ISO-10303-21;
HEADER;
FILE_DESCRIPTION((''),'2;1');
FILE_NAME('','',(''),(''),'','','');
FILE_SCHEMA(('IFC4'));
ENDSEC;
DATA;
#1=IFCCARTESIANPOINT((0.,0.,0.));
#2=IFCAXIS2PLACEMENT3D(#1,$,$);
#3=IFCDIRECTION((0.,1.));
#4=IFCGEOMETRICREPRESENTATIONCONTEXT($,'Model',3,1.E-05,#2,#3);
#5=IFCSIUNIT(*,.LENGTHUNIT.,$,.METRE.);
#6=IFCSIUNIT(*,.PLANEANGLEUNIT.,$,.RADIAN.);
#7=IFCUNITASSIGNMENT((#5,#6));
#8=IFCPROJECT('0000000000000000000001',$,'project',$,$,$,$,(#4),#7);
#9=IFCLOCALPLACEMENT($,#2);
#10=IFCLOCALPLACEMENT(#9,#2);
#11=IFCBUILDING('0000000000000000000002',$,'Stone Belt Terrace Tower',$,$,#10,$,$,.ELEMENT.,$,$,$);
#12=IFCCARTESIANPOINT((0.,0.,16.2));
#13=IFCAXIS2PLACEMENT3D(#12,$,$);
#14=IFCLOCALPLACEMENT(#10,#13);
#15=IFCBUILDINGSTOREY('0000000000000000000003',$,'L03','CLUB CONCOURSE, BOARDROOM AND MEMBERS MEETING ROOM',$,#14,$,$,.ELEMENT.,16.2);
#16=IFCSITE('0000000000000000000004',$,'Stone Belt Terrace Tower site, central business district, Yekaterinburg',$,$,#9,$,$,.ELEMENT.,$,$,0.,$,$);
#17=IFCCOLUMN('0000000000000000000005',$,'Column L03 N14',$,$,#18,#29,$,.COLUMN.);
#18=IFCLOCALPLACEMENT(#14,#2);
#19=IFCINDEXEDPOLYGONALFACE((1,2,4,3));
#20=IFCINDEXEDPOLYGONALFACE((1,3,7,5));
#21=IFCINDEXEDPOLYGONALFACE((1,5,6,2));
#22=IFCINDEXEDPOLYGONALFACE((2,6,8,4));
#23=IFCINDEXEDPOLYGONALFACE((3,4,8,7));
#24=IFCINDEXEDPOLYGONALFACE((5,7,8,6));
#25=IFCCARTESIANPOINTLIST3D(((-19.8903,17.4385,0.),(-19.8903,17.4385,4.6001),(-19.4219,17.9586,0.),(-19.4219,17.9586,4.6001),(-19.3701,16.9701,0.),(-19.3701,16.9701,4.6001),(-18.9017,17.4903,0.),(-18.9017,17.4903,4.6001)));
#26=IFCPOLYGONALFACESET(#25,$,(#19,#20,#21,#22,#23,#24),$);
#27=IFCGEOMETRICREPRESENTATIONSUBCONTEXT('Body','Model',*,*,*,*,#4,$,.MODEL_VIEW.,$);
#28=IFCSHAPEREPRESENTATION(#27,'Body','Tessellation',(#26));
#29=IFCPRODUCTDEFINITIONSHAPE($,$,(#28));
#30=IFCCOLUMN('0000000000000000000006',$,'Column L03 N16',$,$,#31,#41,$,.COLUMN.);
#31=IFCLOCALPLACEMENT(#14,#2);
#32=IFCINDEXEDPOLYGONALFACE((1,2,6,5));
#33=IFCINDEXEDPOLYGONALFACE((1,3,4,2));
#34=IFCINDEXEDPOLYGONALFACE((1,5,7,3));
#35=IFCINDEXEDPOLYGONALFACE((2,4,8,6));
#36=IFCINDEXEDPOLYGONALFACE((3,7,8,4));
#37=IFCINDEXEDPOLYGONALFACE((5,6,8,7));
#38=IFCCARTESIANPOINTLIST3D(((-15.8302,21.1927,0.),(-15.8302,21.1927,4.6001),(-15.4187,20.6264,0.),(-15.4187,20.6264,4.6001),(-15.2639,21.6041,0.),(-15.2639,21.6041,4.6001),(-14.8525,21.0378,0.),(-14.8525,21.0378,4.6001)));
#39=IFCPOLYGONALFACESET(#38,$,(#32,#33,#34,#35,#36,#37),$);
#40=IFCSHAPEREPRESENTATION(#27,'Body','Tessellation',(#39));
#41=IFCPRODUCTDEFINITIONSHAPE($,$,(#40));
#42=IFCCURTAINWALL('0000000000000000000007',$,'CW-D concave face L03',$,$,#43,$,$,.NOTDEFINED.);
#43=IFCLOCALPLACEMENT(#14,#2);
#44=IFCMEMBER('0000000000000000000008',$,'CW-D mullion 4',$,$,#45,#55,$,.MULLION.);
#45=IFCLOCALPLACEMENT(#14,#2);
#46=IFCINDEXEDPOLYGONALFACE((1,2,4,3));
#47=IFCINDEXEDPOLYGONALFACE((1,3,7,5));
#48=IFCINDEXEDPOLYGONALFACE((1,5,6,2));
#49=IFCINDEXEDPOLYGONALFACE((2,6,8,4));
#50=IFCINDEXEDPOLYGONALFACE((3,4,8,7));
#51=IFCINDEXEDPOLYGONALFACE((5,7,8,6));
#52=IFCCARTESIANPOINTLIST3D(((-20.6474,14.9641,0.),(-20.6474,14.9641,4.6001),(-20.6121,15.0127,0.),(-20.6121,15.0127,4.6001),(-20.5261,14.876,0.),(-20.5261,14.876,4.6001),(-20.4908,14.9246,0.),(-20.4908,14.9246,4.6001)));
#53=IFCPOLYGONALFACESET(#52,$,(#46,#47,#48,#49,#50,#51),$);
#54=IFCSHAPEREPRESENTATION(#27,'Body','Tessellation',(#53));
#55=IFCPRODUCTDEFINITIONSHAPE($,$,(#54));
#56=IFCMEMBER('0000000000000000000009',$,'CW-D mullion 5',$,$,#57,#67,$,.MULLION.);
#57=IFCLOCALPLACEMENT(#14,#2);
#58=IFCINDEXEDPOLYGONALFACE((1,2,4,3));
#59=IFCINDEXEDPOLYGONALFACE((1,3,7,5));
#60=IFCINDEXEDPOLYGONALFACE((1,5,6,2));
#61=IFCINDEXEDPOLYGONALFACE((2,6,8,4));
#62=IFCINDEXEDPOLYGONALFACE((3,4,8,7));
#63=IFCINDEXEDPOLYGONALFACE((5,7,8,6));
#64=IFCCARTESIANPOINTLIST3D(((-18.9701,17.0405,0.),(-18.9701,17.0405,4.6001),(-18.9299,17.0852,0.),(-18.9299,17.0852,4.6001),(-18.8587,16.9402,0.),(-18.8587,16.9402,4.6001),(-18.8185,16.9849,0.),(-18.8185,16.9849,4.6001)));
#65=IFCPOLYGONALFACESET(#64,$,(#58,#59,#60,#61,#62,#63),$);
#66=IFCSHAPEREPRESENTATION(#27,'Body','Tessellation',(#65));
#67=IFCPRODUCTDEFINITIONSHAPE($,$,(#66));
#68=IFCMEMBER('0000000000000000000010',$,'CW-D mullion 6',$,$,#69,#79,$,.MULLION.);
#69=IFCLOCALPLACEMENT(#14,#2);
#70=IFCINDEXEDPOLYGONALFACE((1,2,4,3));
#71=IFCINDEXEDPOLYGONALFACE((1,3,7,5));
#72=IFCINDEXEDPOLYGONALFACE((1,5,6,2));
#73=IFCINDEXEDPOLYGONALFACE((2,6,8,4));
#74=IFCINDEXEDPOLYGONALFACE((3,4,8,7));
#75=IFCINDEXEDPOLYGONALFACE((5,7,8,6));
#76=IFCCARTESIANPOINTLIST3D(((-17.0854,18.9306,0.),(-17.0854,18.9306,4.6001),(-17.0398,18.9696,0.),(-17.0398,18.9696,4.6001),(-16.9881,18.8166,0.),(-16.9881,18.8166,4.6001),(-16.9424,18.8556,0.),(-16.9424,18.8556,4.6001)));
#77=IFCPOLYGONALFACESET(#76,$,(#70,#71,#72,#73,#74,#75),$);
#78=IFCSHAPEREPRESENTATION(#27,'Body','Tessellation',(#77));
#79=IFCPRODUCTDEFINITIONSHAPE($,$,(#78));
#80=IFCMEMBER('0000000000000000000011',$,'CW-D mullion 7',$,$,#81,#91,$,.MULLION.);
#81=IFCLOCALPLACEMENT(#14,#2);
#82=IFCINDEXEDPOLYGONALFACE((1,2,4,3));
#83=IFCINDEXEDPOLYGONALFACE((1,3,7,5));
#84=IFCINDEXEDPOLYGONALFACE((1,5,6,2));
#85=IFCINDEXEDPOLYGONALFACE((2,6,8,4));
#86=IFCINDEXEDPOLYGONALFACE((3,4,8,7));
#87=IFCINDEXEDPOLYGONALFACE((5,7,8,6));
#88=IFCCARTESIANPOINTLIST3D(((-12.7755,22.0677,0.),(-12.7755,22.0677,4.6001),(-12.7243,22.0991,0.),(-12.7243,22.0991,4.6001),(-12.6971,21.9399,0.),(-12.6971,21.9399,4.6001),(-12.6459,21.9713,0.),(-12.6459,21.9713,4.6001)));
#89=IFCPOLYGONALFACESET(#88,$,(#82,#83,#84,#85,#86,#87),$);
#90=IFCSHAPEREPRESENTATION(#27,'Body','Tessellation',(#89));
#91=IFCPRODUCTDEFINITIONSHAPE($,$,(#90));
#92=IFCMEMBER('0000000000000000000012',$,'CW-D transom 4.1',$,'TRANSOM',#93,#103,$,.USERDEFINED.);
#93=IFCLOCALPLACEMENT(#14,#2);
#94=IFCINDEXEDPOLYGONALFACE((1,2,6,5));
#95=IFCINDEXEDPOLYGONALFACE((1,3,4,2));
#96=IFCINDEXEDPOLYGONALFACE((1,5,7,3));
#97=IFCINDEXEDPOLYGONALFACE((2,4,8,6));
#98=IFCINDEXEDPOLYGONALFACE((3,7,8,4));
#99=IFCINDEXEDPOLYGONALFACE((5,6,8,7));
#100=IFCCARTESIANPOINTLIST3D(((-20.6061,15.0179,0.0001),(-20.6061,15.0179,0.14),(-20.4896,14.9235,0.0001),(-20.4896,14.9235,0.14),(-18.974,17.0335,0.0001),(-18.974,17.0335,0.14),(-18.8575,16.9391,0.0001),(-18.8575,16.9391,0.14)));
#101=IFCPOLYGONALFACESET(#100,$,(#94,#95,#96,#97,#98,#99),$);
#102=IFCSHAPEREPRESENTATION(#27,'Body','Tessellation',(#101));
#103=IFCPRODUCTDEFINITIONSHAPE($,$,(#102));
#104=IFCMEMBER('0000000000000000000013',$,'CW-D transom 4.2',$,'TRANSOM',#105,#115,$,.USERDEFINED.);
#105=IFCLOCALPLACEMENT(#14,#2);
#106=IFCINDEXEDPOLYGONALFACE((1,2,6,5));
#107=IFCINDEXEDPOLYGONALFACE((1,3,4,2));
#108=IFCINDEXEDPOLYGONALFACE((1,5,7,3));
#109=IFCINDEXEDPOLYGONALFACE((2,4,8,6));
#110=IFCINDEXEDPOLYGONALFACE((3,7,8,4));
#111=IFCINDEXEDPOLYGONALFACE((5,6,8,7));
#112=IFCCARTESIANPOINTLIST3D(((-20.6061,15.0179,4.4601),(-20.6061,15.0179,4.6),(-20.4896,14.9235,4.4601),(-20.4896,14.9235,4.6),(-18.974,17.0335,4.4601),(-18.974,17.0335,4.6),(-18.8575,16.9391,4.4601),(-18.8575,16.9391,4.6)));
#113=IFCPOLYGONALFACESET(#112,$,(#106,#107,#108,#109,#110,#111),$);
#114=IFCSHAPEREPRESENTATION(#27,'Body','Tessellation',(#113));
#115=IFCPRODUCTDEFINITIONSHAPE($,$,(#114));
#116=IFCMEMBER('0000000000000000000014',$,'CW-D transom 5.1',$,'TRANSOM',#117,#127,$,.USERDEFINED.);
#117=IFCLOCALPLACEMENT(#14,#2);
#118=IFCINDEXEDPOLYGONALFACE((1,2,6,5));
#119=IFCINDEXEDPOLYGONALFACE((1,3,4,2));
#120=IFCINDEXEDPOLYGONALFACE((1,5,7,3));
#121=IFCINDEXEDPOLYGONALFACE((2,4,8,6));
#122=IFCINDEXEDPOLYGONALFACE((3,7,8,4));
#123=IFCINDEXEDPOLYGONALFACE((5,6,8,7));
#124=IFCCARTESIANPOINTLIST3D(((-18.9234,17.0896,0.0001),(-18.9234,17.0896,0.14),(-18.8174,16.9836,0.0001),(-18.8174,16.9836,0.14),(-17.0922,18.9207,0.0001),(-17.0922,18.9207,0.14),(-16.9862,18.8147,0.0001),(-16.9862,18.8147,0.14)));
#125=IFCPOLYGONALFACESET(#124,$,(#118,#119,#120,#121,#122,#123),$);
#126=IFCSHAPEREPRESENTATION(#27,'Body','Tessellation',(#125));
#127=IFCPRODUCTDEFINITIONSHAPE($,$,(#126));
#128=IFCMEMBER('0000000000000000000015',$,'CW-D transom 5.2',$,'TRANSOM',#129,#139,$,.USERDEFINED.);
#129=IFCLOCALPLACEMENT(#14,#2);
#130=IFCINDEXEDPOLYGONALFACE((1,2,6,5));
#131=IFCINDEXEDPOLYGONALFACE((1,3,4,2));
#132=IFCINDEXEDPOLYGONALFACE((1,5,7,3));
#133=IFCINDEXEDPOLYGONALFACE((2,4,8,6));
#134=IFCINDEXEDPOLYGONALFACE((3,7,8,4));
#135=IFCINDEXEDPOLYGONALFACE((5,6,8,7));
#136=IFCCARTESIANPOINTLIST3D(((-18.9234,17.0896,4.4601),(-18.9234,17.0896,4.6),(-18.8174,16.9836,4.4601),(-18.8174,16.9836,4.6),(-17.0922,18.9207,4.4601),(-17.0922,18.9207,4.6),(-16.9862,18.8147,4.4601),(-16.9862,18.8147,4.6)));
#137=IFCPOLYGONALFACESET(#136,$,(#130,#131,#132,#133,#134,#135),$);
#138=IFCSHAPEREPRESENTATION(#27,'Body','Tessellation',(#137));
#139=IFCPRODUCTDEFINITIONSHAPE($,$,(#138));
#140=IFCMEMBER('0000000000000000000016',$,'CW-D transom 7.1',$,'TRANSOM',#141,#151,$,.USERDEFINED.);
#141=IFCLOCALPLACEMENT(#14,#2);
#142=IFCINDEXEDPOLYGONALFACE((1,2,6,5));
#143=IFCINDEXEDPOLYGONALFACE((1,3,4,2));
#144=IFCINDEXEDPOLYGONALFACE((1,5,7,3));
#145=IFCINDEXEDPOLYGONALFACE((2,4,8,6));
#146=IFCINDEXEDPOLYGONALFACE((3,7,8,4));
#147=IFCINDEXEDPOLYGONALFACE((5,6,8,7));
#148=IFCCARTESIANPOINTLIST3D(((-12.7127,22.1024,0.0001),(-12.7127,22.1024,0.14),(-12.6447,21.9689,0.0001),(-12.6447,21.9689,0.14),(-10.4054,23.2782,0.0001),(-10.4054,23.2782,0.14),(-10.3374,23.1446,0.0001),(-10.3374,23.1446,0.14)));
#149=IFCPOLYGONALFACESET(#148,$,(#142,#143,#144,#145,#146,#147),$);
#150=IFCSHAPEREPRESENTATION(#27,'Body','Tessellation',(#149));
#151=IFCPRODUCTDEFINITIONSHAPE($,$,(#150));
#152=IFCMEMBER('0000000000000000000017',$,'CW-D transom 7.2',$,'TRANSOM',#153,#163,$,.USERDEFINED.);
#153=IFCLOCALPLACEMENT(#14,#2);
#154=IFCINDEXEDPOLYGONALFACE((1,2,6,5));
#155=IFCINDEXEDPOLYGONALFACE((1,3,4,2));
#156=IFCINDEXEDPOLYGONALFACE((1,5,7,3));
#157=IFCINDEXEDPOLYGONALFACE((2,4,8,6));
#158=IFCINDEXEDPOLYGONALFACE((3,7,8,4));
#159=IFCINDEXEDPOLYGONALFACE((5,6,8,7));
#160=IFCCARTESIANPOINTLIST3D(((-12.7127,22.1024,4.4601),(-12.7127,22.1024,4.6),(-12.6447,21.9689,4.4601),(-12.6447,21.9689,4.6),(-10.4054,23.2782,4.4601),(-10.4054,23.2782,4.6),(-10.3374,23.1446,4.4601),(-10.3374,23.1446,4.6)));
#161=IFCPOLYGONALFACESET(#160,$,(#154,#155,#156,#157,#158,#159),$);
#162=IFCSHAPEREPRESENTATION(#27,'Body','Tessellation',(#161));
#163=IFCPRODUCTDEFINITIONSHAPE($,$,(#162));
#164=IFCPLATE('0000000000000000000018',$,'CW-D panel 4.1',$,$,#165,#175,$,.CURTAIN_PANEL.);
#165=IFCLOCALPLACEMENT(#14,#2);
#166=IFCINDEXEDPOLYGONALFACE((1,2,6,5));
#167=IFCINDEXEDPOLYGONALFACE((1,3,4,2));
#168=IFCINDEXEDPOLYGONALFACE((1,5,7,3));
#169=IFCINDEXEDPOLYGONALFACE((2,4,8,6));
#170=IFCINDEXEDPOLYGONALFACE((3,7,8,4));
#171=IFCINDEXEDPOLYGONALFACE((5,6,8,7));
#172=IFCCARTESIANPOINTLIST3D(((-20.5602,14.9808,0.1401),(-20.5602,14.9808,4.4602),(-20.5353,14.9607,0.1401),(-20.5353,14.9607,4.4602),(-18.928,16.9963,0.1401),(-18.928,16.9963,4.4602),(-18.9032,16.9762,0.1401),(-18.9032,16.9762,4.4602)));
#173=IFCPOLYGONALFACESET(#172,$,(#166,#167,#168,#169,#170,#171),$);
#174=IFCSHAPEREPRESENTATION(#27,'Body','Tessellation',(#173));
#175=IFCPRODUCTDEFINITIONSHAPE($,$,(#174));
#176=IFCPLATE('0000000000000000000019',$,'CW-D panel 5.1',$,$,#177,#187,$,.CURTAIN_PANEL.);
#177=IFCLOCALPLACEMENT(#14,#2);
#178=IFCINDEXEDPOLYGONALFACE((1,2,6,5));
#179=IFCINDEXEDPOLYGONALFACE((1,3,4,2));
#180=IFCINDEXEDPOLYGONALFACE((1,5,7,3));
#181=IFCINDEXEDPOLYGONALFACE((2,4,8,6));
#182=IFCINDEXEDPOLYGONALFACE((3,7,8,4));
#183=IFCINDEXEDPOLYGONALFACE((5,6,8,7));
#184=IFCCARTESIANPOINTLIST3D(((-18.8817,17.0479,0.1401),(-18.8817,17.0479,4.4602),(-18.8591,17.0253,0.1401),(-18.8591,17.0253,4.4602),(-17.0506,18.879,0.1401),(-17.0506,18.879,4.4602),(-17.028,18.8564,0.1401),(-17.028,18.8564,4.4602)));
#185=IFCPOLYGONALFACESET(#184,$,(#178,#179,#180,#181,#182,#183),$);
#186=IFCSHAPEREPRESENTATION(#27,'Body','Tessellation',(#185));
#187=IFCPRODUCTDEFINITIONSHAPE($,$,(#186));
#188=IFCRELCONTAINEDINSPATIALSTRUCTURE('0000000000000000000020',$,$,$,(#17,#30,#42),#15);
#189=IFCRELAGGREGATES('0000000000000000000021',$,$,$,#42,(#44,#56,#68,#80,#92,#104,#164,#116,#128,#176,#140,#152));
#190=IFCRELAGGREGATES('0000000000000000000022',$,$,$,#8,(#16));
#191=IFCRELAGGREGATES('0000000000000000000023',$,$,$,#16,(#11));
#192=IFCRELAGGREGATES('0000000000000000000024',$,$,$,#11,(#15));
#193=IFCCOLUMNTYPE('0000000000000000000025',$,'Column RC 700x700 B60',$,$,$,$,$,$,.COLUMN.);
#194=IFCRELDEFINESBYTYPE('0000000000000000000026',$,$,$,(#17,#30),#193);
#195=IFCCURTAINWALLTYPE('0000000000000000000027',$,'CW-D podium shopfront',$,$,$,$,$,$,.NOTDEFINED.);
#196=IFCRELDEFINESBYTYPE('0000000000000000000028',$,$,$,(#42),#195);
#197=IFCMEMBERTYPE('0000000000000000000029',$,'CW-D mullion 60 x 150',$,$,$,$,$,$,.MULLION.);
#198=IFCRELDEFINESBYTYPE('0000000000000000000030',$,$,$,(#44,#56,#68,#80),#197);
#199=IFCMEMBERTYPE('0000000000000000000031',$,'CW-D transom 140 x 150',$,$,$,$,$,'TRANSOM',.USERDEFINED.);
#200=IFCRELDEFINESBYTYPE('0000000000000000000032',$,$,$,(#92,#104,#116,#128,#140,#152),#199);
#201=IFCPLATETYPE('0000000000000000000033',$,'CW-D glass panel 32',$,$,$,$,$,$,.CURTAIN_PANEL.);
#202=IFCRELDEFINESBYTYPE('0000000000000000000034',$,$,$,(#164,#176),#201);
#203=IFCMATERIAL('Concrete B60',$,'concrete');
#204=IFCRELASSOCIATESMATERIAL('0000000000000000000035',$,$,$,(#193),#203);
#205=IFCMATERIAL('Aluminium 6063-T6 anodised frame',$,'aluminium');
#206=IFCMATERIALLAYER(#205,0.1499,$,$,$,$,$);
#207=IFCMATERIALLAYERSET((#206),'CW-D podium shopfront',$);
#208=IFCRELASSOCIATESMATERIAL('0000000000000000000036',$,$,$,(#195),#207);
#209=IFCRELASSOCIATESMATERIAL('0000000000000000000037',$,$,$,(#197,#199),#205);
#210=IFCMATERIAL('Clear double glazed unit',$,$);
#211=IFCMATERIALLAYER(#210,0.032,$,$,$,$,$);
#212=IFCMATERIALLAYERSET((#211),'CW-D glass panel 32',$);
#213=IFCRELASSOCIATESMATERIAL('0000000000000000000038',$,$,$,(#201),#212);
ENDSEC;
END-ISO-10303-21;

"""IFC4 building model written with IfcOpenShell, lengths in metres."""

from ifc_helpers import new_model, si_unit, direction, frame, origin, origin_2d, place, context, subcontext, project, spatial, rectangle, extrude, material, layer, layer_set, material_profile, profile_set, type_object, element, aggregate, save


model = new_model("IFC4")

# Units and contexts
model_context = context("Model", 3, precision=1e-05, world=origin(), true_north=direction((0.0, 1.0)))
body_context = subcontext(model_context, "Body", "Model", "MODEL_VIEW")
ifc_project = project(units=[si_unit("LENGTHUNIT", "METRE"), si_unit("PLANEANGLEUNIT", "RADIAN")], contexts=[model_context])

# Site, building, storey
site_placement = place(None, origin())
site = spatial("IfcSite", under=ifc_project, at=site_placement, Name="Stone Belt Terrace Tower site, central business district, Yekaterinburg", CompositionType="ELEMENT", RefElevation=0.0)
building_placement = place(site_placement, origin())
building = spatial("IfcBuilding", under=site, at=building_placement, Name="Stone Belt Terrace Tower", CompositionType="ELEMENT")
storey_placement = place(building_placement, frame((0.0, 0.0, 16.2)))
storey = spatial("IfcBuildingStorey", under=building, at=storey_placement, Name="L03", Description="CLUB CONCOURSE, BOARDROOM AND MEMBERS MEETING ROOM", CompositionType="ELEMENT", Elevation=16.2)

# Columns
ifc_material_1 = material(Name="Concrete B60", Category="concrete")
ifc_material_profile_1 = material_profile(ifc_material_1, rectangle(XDim=0.7, YDim=0.7, at=origin_2d()), Name="RC 700x700")
ifc_profile_set_1 = profile_set([ifc_material_profile_1], Name="Concrete B60")
column_type = type_object("IfcColumnType", Name="Column RC 700x700 B60", PredefinedType="COLUMN", material=ifc_profile_set_1)
for number, where, z_axis, x_axis, name in (
    (1, (-19.396, 17.4644, 0.0), (0.0, 0.0, 1.0), (0.669131, 0.743145, 0.0), "Column L03 N14"),
    (2, (-15.3413, 21.1152, 0.0), (0.0, 0.0, 1.0), (0.809017, 0.587785, 0.0), "Column L03 N16"),
):
    element("IfcColumn", number, at=place(storey_placement, frame(where, z_axis=z_axis, x_axis=x_axis)), inside=storey, type_object=column_type, Name=name, PredefinedType="COLUMN", context=body_context, shape_type="SweptSolid", body=[
        extrude(rectangle(XDim=0.7, YDim=0.7, at=origin_2d()), origin(), (0.0, 0.0, 1.0), 4.6001),
    ])

# Curtain wall, members, plates
ifc_material_2 = material(Name="Aluminium 6063-T6 anodised frame", Category="aluminium")
ifc_layer_1 = layer(ifc_material_2, 0.1499)
ifc_layer_set_1 = layer_set([ifc_layer_1], Name="CW-D podium shopfront")
curtain_wall_type = type_object("IfcCurtainWallType", Name="CW-D podium shopfront", PredefinedType="NOTDEFINED", material=ifc_layer_set_1)
curtain_wall_placement = place(storey_placement, origin())
curtain_wall = element("IfcCurtainWall", 3, at=curtain_wall_placement, inside=storey, type_object=curtain_wall_type, Name="CW-D concave face L03", PredefinedType="NOTDEFINED")
ifc_material_profile_2 = material_profile(ifc_material_2, rectangle(XDim=0.1499, YDim=0.0601, at=origin_2d()), Name="Aluminium 6063-T6 60x150")
ifc_profile_set_2 = profile_set([ifc_material_profile_2], Name="Aluminium 6063-T6 anodised frame")
member_type_1 = type_object("IfcMemberType", Name="CW-D mullion 60 x 150", PredefinedType="MULLION", material=ifc_profile_set_2)
member_1_placement = place(storey_placement, frame((-20.5691, 14.9443, 0.0), z_axis=(0.0, 0.0, 1.0), x_axis=(-0.809017, 0.587785, 0.0)))
member_1 = element("IfcMember", 4, at=member_1_placement, type_object=member_type_1, Name="CW-D mullion 4", PredefinedType="MULLION", context=body_context, shape_type="SweptSolid", body=[
    extrude(rectangle(XDim=0.1499, YDim=0.0601, at=origin_2d()), origin(), (0.0, 0.0, 1.0), 4.6001),
])
member_2_placement = place(storey_placement, frame((-18.8943, 17.0127, 0.0), z_axis=(0.0, 0.0, 1.0), x_axis=(-0.743145, 0.669131, 0.0)))
member_2 = element("IfcMember", 5, at=member_2_placement, type_object=member_type_1, Name="CW-D mullion 5", PredefinedType="MULLION", context=body_context, shape_type="SweptSolid", body=[
    extrude(rectangle(XDim=0.1499, YDim=0.0601, at=origin_2d()), origin(), (0.0, 0.0, 1.0), 4.6001),
])
member_3_placement = place(storey_placement, frame((-17.0139, 18.8931, 0.0), z_axis=(0.0, 0.0, 1.0), x_axis=(-0.649448, 0.760406, 0.0)))
member_3 = element("IfcMember", 6, at=member_3_placement, type_object=member_type_1, Name="CW-D mullion 6", PredefinedType="MULLION", context=body_context, shape_type="SweptSolid", body=[
    extrude(rectangle(XDim=0.1499, YDim=0.0601, at=origin_2d()), origin(), (0.0, 0.0, 1.0), 4.6001),
])
member_4_placement = place(storey_placement, frame((-12.7107, 22.0195, 0.0), z_axis=(0.0, 0.0, 1.0), x_axis=(-0.522499, 0.85264, 0.0)))
member_4 = element("IfcMember", 7, at=member_4_placement, type_object=member_type_1, Name="CW-D mullion 7", PredefinedType="MULLION", context=body_context, shape_type="SweptSolid", body=[
    extrude(rectangle(XDim=0.1499, YDim=0.0601, at=origin_2d()), origin(), (0.0, 0.0, 1.0), 4.6001),
])
ifc_material_profile_3 = material_profile(ifc_material_2, rectangle(XDim=0.1499, YDim=0.1399, at=origin_2d()), Name="Aluminium 6063-T6 150x140")
ifc_profile_set_3 = profile_set([ifc_material_profile_3], Name="Aluminium 6063-T6 anodised frame")
member_type_2 = type_object("IfcMemberType", Name="CW-D transom 140 x 150", ElementType="TRANSOM", PredefinedType="USERDEFINED", material=ifc_profile_set_3)
member_5_placement = place(storey_placement, frame((-20.5479, 14.9707, 0.0701), z_axis=(0.629288, 0.777173, 0.0), x_axis=(-0.777173, 0.629288, 0.0)))
member_5 = element("IfcMember", 8, at=member_5_placement, type_object=member_type_2, Name="CW-D transom 4.1", ObjectType="TRANSOM", PredefinedType="USERDEFINED", context=body_context, shape_type="SweptSolid", body=[
    extrude(rectangle(XDim=0.1499, YDim=0.1399, at=origin_2d()), origin(), (0.0, 0.0, 1.0), 2.5935),
])
member_6_placement = place(storey_placement, frame((-20.5479, 14.9707, 4.53), z_axis=(0.629288, 0.777173, 0.0), x_axis=(-0.777173, 0.629288, 0.0)))
member_6 = element("IfcMember", 9, at=member_6_placement, type_object=member_type_2, Name="CW-D transom 4.2", ObjectType="TRANSOM", PredefinedType="USERDEFINED", context=body_context, shape_type="SweptSolid", body=[
    extrude(rectangle(XDim=0.1499, YDim=0.1399, at=origin_2d()), origin(), (0.0, 0.0, 1.0), 2.5935),
])
member_7_placement = place(storey_placement, frame((-18.8704, 17.0366, 0.0701), z_axis=(0.707107, 0.707107, 0.0), x_axis=(-0.707107, 0.707107, 0.0)))
member_7 = element("IfcMember", 10, at=member_7_placement, type_object=member_type_2, Name="CW-D transom 5.1", ObjectType="TRANSOM", PredefinedType="USERDEFINED", context=body_context, shape_type="SweptSolid", body=[
    extrude(rectangle(XDim=0.1499, YDim=0.1399, at=origin_2d()), origin(), (0.0, 0.0, 1.0), 2.5896),
])
member_8_placement = place(storey_placement, frame((-18.8704, 17.0366, 4.53), z_axis=(0.707107, 0.707107, 0.0), x_axis=(-0.707107, 0.707107, 0.0)))
member_8 = element("IfcMember", 11, at=member_8_placement, type_object=member_type_2, Name="CW-D transom 5.2", ObjectType="TRANSOM", PredefinedType="USERDEFINED", context=body_context, shape_type="SweptSolid", body=[
    extrude(rectangle(XDim=0.1499, YDim=0.1399, at=origin_2d()), origin(), (0.0, 0.0, 1.0), 2.5896),
])
member_9_placement = place(storey_placement, frame((-12.6787, 22.0356, 0.0701), z_axis=(0.890988, 0.454026, 0.0), x_axis=(-0.454026, 0.890988, 0.0)))
member_9 = element("IfcMember", 12, at=member_9_placement, type_object=member_type_2, Name="CW-D transom 7.1", ObjectType="TRANSOM", PredefinedType="USERDEFINED", context=body_context, shape_type="SweptSolid", body=[
    extrude(rectangle(XDim=0.1499, YDim=0.1399, at=origin_2d()), origin(), (0.0, 0.0, 1.0), 2.5896),
])
member_10_placement = place(storey_placement, frame((-12.6787, 22.0356, 4.53), z_axis=(0.890988, 0.454026, 0.0), x_axis=(-0.454026, 0.890988, 0.0)))
member_10 = element("IfcMember", 13, at=member_10_placement, type_object=member_type_2, Name="CW-D transom 7.2", ObjectType="TRANSOM", PredefinedType="USERDEFINED", context=body_context, shape_type="SweptSolid", body=[
    extrude(rectangle(XDim=0.1499, YDim=0.1399, at=origin_2d()), origin(), (0.0, 0.0, 1.0), 2.5896),
])
ifc_material_3 = material(Name="Clear double glazed unit")
ifc_layer_2 = layer(ifc_material_3, 0.032)
ifc_layer_set_2 = layer_set([ifc_layer_2], Name="CW-D glass panel 32")
plate_type = type_object("IfcPlateType", Name="CW-D glass panel 32", PredefinedType="CURTAIN_PANEL", material=ifc_layer_set_2)
plate_1_placement = place(storey_placement, frame((-19.7317, 15.9785, 0.1401), z_axis=(0.0, 0.0, 1.0), x_axis=(0.62932, 0.777146, 0.0)))
plate_1 = element("IfcPlate", 14, at=plate_1_placement, type_object=plate_type, Name="CW-D panel 4.1", PredefinedType="CURTAIN_PANEL", context=body_context, shape_type="SweptSolid", body=[
    extrude(rectangle(XDim=2.5935, YDim=0.032, at=origin_2d()), origin(), (0.0, 0.0, 1.0), 4.3201),
])
plate_2_placement = place(storey_placement, frame((-17.9548, 17.9521, 0.1401), z_axis=(0.0, 0.0, 1.0), x_axis=(0.707107, 0.707107, 0.0)))
plate_2 = element("IfcPlate", 15, at=plate_2_placement, type_object=plate_type, Name="CW-D panel 5.1", PredefinedType="CURTAIN_PANEL", context=body_context, shape_type="SweptSolid", body=[
    extrude(rectangle(XDim=2.5896, YDim=0.032, at=origin_2d()), origin(), (0.0, 0.0, 1.0), 4.3201),
])
aggregate(curtain_wall, [member_1, member_2, member_3, member_4, member_5, member_6, plate_1, member_7, member_8, plate_2, member_9, member_10])

save(model, "model.ifc")
